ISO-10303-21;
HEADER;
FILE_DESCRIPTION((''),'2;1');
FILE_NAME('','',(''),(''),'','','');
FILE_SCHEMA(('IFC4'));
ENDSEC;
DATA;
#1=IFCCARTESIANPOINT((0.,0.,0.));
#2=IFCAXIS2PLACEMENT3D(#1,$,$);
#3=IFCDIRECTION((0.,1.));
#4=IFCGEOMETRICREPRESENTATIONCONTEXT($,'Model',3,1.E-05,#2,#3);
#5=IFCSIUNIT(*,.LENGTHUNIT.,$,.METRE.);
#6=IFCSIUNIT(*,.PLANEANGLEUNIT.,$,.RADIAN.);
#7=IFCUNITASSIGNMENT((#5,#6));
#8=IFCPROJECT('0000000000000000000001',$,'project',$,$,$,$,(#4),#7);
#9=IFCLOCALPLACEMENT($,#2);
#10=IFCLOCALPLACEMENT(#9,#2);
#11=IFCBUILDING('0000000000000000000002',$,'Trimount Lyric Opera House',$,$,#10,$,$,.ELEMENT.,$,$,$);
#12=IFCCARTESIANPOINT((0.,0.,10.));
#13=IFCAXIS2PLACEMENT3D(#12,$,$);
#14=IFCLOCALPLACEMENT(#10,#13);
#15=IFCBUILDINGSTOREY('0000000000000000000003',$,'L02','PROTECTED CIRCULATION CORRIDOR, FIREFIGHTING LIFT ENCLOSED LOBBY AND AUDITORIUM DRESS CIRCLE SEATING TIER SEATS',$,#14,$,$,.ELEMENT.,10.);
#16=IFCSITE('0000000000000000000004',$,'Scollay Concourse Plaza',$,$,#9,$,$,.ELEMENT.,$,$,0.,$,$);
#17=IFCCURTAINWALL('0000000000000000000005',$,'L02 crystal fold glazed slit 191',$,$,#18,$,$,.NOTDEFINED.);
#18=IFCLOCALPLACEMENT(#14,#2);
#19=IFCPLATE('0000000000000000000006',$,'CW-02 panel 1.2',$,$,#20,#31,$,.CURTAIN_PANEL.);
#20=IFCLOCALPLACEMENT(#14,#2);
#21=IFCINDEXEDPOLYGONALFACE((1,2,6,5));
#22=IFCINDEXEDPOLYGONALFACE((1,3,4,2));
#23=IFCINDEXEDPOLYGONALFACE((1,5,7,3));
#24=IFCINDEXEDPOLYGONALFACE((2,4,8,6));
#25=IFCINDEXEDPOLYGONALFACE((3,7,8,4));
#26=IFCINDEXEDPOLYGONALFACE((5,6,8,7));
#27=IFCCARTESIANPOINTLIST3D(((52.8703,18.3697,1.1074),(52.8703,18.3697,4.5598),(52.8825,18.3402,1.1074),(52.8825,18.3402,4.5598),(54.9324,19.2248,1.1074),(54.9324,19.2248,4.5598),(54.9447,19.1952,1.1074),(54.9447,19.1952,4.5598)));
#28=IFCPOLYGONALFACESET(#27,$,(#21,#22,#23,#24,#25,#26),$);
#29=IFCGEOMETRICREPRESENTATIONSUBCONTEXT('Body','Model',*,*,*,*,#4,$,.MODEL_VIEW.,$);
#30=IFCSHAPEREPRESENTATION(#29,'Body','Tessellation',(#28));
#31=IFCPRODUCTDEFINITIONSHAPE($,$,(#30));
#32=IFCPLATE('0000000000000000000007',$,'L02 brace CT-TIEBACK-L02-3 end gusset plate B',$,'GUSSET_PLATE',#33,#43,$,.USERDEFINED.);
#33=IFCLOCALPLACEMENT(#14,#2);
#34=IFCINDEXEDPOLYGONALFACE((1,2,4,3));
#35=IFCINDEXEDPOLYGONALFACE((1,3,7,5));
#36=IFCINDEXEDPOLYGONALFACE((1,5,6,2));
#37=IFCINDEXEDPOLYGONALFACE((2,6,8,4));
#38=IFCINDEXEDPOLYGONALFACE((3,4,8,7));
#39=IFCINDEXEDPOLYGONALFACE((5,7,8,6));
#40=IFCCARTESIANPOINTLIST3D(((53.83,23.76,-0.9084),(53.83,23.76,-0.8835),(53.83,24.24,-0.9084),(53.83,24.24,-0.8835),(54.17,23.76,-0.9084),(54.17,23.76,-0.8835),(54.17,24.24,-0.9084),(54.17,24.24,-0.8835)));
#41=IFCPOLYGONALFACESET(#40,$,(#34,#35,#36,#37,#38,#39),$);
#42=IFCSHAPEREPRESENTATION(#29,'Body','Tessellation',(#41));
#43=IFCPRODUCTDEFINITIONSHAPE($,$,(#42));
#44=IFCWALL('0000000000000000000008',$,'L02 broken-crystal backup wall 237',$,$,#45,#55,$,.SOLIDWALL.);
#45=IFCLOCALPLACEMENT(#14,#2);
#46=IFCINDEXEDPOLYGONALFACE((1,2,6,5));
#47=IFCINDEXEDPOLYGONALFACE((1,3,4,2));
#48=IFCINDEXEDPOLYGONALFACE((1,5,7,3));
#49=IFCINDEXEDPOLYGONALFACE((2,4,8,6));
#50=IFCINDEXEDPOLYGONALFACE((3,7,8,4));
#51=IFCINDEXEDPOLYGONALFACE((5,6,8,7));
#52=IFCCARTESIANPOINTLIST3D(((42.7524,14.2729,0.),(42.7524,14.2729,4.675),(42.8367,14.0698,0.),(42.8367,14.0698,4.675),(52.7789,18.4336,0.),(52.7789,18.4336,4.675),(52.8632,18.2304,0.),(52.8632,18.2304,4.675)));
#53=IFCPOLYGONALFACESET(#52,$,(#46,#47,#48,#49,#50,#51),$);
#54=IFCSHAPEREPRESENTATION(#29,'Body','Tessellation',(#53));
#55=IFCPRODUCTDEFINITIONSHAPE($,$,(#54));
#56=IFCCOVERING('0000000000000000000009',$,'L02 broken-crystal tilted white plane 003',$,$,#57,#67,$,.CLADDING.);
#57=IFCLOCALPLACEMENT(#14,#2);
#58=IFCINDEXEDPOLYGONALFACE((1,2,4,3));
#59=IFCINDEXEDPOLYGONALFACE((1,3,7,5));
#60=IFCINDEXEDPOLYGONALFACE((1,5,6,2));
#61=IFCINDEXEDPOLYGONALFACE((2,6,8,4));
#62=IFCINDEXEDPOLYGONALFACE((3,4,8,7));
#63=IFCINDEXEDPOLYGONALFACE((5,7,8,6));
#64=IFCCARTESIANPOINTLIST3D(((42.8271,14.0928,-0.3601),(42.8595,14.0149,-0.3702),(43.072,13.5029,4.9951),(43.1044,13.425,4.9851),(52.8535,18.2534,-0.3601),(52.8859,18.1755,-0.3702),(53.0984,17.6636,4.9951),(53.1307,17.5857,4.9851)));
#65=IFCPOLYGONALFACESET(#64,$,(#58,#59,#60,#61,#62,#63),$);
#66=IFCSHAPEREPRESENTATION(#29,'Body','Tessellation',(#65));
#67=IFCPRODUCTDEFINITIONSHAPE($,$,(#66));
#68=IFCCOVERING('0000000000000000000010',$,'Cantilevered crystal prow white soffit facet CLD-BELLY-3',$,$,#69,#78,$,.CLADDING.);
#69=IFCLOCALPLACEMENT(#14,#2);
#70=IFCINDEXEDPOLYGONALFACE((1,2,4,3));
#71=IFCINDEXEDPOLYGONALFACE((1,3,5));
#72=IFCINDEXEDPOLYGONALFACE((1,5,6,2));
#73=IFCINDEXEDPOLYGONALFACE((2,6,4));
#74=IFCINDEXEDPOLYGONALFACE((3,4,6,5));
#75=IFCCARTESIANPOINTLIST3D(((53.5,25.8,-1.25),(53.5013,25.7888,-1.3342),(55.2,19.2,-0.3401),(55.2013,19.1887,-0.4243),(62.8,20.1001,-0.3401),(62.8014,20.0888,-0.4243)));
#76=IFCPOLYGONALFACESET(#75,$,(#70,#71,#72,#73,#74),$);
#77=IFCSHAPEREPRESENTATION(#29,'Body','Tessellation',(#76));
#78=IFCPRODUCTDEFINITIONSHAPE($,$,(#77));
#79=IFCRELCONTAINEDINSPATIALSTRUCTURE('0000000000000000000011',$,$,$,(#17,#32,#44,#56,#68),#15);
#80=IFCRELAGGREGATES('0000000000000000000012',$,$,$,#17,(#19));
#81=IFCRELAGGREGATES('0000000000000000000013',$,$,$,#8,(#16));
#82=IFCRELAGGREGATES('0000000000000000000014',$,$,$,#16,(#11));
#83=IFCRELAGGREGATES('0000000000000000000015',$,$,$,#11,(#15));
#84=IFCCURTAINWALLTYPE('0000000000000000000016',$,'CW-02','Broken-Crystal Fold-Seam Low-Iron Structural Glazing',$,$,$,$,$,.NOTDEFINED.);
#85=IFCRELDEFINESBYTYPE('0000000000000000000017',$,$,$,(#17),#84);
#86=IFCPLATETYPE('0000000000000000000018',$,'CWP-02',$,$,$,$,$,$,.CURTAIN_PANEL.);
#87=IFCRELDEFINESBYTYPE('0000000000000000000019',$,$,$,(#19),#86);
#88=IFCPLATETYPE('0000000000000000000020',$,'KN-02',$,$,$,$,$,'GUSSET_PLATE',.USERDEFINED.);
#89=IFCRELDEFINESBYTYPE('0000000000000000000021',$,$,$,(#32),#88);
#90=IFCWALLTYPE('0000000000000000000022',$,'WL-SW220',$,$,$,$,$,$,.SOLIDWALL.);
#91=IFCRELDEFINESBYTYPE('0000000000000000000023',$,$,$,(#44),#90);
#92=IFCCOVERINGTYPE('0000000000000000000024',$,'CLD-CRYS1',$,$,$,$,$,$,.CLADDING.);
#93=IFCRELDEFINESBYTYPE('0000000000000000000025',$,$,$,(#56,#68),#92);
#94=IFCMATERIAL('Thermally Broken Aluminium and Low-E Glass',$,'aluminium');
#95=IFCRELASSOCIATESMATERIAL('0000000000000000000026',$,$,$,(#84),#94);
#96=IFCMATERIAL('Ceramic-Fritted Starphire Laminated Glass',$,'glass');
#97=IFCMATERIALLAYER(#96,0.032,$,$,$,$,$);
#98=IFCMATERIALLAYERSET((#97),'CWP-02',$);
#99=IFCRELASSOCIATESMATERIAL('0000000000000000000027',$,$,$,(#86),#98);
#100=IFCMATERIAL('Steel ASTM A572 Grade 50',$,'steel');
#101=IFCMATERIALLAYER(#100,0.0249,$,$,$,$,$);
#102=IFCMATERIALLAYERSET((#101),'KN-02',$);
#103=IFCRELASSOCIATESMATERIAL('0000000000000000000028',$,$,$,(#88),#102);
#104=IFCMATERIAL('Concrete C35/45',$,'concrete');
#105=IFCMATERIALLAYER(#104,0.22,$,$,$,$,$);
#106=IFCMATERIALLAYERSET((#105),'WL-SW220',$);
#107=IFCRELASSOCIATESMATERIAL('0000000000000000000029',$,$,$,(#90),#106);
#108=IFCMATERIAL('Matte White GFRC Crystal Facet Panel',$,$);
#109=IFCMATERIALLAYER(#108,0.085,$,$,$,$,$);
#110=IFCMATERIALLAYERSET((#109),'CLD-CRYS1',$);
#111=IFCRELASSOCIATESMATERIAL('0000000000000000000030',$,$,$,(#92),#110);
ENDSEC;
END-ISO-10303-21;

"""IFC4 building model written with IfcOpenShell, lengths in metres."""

from ifc_helpers import new_model, si_unit, direction, frame, frame_2d, origin, origin_2d, place, context, subcontext, project, spatial, polyline, rectangle, outline, extrude, material, layer, layer_set, type_object, element, aggregate, save


model = new_model("IFC4")

# Units and contexts
model_context = context("Model", 3, precision=1e-05, world=origin(), true_north=direction((0.0, 1.0)))
body_context = subcontext(model_context, "Body", "Model", "MODEL_VIEW")
ifc_project = project(units=[si_unit("LENGTHUNIT", "METRE"), si_unit("PLANEANGLEUNIT", "RADIAN")], contexts=[model_context])

# Site, building, storey
site_placement = place(None, origin())
site = spatial("IfcSite", under=ifc_project, at=site_placement, Name="Scollay Concourse Plaza", CompositionType="ELEMENT", RefElevation=0.0)
building_placement = place(site_placement, origin())
building = spatial("IfcBuilding", under=site, at=building_placement, Name="Trimount Lyric Opera House", CompositionType="ELEMENT")
storey_placement = place(building_placement, frame((0.0, 0.0, 10.0)))
storey = spatial("IfcBuildingStorey", under=building, at=storey_placement, Name="L02", Description="PROTECTED CIRCULATION CORRIDOR, FIREFIGHTING LIFT ENCLOSED LOBBY AND AUDITORIUM DRESS CIRCLE SEATING TIER SEATS", CompositionType="ELEMENT", Elevation=10.0)

# Shared definitions
ifc_material_1 = material(Name="Thermally Broken Aluminium and Low-E Glass", Category="aluminium")
curtain_wall_type = type_object("IfcCurtainWallType", Name="CW-02", Description="Broken-Crystal Fold-Seam Low-Iron Structural Glazing", PredefinedType="NOTDEFINED", material=ifc_material_1)

# Curtain wall
curtain_wall_1_placement = place(storey_placement, origin())
curtain_wall_1 = element("IfcCurtainWall", 1, at=curtain_wall_1_placement, inside=storey, type_object=curtain_wall_type, Name="L02 crystal fold glazed slit 191", PredefinedType="NOTDEFINED")

# Plates
ifc_material_2 = material(Name="Ceramic-Fritted Starphire Laminated Glass", Category="glass")
ifc_layer_1 = layer(ifc_material_2, 0.032)
ifc_layer_set_1 = layer_set([ifc_layer_1], Name="CWP-02")
plate_type_1 = type_object("IfcPlateType", Name="CWP-02", PredefinedType="CURTAIN_PANEL", material=ifc_layer_set_1)
plate_1_placement = place(storey_placement, frame((53.9075, 18.7825, 1.1074), z_axis=(0.0, 0.0, 1.0), x_axis=(-0.923742, -0.383015, 0.0)))
plate_1 = element("IfcPlate", 2, at=plate_1_placement, type_object=plate_type_1, Name="CW-02 panel 1.2", PredefinedType="CURTAIN_PANEL", context=body_context, shape_type="SweptSolid", body=[
    extrude(rectangle(XDim=2.2324, YDim=0.032, at=origin_2d()), origin(), (0.0, 0.0, 1.0), 3.4524),
])
aggregate(curtain_wall_1, [plate_1])
ifc_material_3 = material(Name="Steel ASTM A572 Grade 50", Category="steel")
ifc_layer_2 = layer(ifc_material_3, 0.0249)
ifc_layer_set_2 = layer_set([ifc_layer_2], Name="KN-02")
plate_type_2 = type_object("IfcPlateType", Name="KN-02", ElementType="GUSSET_PLATE", PredefinedType="USERDEFINED", material=ifc_layer_set_2)
plate_2_placement = place(storey_placement, frame((54.0, 24.0, -0.9084), z_axis=(0.0, 0.0, 1.0), x_axis=(0.0, -1.0, 0.0)))
element("IfcPlate", 3, at=plate_2_placement, inside=storey, type_object=plate_type_2, Name="L02 brace CT-TIEBACK-L02-3 end gusset plate B", ObjectType="GUSSET_PLATE", PredefinedType="USERDEFINED", context=body_context, shape_type="SweptSolid", body=[
    extrude(rectangle(XDim=0.48, YDim=0.3401, at=origin_2d()), origin(), (0.0, 0.0, 1.0), 0.0249),
])

# Wall
ifc_material_4 = material(Name="Concrete C35/45", Category="concrete")
ifc_layer_3 = layer(ifc_material_4, 0.22)
ifc_layer_set_3 = layer_set([ifc_layer_3], Name="WL-SW220")
wall_type = type_object("IfcWallType", Name="WL-SW220", PredefinedType="SOLIDWALL", material=ifc_layer_set_3)
wall_placement = place(storey_placement, frame((52.821, 18.332, 0.0), z_axis=(0.0, 0.0, 1.0), x_axis=(-0.923632, -0.38328, 0.0)))
element("IfcWall", 4, at=wall_placement, inside=storey, type_object=wall_type, Name="L02 broken-crystal backup wall 237", PredefinedType="SOLIDWALL", context=body_context, shape_type="SweptSolid", body=[
    extrude(rectangle(XDim=10.8555, YDim=0.22, at=frame_2d((5.4277, 0.0))), origin(), (0.0, 0.0, 1.0), 4.675),
])

# Coverings
ifc_material_5 = material(Name="Matte White GFRC Crystal Facet Panel")
ifc_layer_4 = layer(ifc_material_5, 0.085)
ifc_layer_set_4 = layer_set([ifc_layer_4], Name="CLD-CRYS1")
covering_type = type_object("IfcCoveringType", Name="CLD-CRYS1", PredefinedType="CLADDING", material=ifc_layer_set_4)
covering_1_placement = place(storey_placement, frame((52.8535, 18.2534, -0.3601), z_axis=(-0.380583, 0.917133, 0.118419), x_axis=(-0.923632, -0.38328, 0.0)))
element("IfcCovering", 5, at=covering_1_placement, inside=storey, type_object=covering_type, Name="L02 broken-crystal tilted white plane 003", PredefinedType="CLADDING", context=body_context, shape_type="SweptSolid", body=[
    extrude(outline(polyline([(0.0, 0.0), (10.8554, 0.0), (10.8553, 5.3932), (-0.0001, 5.3932), (0.0, 0.0)])), origin(), (0.0, 0.0, -1.0), 0.085),
])
covering_2_placement = place(storey_placement, frame((55.2, 19.2, -0.3401), z_axis=(-0.015703, 0.132585, 0.991047), x_axis=(0.993059, 0.117617, 0.0)))
element("IfcCovering", 6, at=covering_2_placement, inside=storey, type_object=covering_type, Name="Cantilevered crystal prow white soffit facet CLD-BELLY-3", PredefinedType="CLADDING", context=body_context, shape_type="SweptSolid", body=[
    extrude(outline(polyline([(0.0, 0.0), (7.6532, 0.0), (-0.9119, 6.8152), (0.0, 0.0)])), origin(), (0.0, 0.0, -1.0), 0.085),
])

save(model, "model.ifc")
